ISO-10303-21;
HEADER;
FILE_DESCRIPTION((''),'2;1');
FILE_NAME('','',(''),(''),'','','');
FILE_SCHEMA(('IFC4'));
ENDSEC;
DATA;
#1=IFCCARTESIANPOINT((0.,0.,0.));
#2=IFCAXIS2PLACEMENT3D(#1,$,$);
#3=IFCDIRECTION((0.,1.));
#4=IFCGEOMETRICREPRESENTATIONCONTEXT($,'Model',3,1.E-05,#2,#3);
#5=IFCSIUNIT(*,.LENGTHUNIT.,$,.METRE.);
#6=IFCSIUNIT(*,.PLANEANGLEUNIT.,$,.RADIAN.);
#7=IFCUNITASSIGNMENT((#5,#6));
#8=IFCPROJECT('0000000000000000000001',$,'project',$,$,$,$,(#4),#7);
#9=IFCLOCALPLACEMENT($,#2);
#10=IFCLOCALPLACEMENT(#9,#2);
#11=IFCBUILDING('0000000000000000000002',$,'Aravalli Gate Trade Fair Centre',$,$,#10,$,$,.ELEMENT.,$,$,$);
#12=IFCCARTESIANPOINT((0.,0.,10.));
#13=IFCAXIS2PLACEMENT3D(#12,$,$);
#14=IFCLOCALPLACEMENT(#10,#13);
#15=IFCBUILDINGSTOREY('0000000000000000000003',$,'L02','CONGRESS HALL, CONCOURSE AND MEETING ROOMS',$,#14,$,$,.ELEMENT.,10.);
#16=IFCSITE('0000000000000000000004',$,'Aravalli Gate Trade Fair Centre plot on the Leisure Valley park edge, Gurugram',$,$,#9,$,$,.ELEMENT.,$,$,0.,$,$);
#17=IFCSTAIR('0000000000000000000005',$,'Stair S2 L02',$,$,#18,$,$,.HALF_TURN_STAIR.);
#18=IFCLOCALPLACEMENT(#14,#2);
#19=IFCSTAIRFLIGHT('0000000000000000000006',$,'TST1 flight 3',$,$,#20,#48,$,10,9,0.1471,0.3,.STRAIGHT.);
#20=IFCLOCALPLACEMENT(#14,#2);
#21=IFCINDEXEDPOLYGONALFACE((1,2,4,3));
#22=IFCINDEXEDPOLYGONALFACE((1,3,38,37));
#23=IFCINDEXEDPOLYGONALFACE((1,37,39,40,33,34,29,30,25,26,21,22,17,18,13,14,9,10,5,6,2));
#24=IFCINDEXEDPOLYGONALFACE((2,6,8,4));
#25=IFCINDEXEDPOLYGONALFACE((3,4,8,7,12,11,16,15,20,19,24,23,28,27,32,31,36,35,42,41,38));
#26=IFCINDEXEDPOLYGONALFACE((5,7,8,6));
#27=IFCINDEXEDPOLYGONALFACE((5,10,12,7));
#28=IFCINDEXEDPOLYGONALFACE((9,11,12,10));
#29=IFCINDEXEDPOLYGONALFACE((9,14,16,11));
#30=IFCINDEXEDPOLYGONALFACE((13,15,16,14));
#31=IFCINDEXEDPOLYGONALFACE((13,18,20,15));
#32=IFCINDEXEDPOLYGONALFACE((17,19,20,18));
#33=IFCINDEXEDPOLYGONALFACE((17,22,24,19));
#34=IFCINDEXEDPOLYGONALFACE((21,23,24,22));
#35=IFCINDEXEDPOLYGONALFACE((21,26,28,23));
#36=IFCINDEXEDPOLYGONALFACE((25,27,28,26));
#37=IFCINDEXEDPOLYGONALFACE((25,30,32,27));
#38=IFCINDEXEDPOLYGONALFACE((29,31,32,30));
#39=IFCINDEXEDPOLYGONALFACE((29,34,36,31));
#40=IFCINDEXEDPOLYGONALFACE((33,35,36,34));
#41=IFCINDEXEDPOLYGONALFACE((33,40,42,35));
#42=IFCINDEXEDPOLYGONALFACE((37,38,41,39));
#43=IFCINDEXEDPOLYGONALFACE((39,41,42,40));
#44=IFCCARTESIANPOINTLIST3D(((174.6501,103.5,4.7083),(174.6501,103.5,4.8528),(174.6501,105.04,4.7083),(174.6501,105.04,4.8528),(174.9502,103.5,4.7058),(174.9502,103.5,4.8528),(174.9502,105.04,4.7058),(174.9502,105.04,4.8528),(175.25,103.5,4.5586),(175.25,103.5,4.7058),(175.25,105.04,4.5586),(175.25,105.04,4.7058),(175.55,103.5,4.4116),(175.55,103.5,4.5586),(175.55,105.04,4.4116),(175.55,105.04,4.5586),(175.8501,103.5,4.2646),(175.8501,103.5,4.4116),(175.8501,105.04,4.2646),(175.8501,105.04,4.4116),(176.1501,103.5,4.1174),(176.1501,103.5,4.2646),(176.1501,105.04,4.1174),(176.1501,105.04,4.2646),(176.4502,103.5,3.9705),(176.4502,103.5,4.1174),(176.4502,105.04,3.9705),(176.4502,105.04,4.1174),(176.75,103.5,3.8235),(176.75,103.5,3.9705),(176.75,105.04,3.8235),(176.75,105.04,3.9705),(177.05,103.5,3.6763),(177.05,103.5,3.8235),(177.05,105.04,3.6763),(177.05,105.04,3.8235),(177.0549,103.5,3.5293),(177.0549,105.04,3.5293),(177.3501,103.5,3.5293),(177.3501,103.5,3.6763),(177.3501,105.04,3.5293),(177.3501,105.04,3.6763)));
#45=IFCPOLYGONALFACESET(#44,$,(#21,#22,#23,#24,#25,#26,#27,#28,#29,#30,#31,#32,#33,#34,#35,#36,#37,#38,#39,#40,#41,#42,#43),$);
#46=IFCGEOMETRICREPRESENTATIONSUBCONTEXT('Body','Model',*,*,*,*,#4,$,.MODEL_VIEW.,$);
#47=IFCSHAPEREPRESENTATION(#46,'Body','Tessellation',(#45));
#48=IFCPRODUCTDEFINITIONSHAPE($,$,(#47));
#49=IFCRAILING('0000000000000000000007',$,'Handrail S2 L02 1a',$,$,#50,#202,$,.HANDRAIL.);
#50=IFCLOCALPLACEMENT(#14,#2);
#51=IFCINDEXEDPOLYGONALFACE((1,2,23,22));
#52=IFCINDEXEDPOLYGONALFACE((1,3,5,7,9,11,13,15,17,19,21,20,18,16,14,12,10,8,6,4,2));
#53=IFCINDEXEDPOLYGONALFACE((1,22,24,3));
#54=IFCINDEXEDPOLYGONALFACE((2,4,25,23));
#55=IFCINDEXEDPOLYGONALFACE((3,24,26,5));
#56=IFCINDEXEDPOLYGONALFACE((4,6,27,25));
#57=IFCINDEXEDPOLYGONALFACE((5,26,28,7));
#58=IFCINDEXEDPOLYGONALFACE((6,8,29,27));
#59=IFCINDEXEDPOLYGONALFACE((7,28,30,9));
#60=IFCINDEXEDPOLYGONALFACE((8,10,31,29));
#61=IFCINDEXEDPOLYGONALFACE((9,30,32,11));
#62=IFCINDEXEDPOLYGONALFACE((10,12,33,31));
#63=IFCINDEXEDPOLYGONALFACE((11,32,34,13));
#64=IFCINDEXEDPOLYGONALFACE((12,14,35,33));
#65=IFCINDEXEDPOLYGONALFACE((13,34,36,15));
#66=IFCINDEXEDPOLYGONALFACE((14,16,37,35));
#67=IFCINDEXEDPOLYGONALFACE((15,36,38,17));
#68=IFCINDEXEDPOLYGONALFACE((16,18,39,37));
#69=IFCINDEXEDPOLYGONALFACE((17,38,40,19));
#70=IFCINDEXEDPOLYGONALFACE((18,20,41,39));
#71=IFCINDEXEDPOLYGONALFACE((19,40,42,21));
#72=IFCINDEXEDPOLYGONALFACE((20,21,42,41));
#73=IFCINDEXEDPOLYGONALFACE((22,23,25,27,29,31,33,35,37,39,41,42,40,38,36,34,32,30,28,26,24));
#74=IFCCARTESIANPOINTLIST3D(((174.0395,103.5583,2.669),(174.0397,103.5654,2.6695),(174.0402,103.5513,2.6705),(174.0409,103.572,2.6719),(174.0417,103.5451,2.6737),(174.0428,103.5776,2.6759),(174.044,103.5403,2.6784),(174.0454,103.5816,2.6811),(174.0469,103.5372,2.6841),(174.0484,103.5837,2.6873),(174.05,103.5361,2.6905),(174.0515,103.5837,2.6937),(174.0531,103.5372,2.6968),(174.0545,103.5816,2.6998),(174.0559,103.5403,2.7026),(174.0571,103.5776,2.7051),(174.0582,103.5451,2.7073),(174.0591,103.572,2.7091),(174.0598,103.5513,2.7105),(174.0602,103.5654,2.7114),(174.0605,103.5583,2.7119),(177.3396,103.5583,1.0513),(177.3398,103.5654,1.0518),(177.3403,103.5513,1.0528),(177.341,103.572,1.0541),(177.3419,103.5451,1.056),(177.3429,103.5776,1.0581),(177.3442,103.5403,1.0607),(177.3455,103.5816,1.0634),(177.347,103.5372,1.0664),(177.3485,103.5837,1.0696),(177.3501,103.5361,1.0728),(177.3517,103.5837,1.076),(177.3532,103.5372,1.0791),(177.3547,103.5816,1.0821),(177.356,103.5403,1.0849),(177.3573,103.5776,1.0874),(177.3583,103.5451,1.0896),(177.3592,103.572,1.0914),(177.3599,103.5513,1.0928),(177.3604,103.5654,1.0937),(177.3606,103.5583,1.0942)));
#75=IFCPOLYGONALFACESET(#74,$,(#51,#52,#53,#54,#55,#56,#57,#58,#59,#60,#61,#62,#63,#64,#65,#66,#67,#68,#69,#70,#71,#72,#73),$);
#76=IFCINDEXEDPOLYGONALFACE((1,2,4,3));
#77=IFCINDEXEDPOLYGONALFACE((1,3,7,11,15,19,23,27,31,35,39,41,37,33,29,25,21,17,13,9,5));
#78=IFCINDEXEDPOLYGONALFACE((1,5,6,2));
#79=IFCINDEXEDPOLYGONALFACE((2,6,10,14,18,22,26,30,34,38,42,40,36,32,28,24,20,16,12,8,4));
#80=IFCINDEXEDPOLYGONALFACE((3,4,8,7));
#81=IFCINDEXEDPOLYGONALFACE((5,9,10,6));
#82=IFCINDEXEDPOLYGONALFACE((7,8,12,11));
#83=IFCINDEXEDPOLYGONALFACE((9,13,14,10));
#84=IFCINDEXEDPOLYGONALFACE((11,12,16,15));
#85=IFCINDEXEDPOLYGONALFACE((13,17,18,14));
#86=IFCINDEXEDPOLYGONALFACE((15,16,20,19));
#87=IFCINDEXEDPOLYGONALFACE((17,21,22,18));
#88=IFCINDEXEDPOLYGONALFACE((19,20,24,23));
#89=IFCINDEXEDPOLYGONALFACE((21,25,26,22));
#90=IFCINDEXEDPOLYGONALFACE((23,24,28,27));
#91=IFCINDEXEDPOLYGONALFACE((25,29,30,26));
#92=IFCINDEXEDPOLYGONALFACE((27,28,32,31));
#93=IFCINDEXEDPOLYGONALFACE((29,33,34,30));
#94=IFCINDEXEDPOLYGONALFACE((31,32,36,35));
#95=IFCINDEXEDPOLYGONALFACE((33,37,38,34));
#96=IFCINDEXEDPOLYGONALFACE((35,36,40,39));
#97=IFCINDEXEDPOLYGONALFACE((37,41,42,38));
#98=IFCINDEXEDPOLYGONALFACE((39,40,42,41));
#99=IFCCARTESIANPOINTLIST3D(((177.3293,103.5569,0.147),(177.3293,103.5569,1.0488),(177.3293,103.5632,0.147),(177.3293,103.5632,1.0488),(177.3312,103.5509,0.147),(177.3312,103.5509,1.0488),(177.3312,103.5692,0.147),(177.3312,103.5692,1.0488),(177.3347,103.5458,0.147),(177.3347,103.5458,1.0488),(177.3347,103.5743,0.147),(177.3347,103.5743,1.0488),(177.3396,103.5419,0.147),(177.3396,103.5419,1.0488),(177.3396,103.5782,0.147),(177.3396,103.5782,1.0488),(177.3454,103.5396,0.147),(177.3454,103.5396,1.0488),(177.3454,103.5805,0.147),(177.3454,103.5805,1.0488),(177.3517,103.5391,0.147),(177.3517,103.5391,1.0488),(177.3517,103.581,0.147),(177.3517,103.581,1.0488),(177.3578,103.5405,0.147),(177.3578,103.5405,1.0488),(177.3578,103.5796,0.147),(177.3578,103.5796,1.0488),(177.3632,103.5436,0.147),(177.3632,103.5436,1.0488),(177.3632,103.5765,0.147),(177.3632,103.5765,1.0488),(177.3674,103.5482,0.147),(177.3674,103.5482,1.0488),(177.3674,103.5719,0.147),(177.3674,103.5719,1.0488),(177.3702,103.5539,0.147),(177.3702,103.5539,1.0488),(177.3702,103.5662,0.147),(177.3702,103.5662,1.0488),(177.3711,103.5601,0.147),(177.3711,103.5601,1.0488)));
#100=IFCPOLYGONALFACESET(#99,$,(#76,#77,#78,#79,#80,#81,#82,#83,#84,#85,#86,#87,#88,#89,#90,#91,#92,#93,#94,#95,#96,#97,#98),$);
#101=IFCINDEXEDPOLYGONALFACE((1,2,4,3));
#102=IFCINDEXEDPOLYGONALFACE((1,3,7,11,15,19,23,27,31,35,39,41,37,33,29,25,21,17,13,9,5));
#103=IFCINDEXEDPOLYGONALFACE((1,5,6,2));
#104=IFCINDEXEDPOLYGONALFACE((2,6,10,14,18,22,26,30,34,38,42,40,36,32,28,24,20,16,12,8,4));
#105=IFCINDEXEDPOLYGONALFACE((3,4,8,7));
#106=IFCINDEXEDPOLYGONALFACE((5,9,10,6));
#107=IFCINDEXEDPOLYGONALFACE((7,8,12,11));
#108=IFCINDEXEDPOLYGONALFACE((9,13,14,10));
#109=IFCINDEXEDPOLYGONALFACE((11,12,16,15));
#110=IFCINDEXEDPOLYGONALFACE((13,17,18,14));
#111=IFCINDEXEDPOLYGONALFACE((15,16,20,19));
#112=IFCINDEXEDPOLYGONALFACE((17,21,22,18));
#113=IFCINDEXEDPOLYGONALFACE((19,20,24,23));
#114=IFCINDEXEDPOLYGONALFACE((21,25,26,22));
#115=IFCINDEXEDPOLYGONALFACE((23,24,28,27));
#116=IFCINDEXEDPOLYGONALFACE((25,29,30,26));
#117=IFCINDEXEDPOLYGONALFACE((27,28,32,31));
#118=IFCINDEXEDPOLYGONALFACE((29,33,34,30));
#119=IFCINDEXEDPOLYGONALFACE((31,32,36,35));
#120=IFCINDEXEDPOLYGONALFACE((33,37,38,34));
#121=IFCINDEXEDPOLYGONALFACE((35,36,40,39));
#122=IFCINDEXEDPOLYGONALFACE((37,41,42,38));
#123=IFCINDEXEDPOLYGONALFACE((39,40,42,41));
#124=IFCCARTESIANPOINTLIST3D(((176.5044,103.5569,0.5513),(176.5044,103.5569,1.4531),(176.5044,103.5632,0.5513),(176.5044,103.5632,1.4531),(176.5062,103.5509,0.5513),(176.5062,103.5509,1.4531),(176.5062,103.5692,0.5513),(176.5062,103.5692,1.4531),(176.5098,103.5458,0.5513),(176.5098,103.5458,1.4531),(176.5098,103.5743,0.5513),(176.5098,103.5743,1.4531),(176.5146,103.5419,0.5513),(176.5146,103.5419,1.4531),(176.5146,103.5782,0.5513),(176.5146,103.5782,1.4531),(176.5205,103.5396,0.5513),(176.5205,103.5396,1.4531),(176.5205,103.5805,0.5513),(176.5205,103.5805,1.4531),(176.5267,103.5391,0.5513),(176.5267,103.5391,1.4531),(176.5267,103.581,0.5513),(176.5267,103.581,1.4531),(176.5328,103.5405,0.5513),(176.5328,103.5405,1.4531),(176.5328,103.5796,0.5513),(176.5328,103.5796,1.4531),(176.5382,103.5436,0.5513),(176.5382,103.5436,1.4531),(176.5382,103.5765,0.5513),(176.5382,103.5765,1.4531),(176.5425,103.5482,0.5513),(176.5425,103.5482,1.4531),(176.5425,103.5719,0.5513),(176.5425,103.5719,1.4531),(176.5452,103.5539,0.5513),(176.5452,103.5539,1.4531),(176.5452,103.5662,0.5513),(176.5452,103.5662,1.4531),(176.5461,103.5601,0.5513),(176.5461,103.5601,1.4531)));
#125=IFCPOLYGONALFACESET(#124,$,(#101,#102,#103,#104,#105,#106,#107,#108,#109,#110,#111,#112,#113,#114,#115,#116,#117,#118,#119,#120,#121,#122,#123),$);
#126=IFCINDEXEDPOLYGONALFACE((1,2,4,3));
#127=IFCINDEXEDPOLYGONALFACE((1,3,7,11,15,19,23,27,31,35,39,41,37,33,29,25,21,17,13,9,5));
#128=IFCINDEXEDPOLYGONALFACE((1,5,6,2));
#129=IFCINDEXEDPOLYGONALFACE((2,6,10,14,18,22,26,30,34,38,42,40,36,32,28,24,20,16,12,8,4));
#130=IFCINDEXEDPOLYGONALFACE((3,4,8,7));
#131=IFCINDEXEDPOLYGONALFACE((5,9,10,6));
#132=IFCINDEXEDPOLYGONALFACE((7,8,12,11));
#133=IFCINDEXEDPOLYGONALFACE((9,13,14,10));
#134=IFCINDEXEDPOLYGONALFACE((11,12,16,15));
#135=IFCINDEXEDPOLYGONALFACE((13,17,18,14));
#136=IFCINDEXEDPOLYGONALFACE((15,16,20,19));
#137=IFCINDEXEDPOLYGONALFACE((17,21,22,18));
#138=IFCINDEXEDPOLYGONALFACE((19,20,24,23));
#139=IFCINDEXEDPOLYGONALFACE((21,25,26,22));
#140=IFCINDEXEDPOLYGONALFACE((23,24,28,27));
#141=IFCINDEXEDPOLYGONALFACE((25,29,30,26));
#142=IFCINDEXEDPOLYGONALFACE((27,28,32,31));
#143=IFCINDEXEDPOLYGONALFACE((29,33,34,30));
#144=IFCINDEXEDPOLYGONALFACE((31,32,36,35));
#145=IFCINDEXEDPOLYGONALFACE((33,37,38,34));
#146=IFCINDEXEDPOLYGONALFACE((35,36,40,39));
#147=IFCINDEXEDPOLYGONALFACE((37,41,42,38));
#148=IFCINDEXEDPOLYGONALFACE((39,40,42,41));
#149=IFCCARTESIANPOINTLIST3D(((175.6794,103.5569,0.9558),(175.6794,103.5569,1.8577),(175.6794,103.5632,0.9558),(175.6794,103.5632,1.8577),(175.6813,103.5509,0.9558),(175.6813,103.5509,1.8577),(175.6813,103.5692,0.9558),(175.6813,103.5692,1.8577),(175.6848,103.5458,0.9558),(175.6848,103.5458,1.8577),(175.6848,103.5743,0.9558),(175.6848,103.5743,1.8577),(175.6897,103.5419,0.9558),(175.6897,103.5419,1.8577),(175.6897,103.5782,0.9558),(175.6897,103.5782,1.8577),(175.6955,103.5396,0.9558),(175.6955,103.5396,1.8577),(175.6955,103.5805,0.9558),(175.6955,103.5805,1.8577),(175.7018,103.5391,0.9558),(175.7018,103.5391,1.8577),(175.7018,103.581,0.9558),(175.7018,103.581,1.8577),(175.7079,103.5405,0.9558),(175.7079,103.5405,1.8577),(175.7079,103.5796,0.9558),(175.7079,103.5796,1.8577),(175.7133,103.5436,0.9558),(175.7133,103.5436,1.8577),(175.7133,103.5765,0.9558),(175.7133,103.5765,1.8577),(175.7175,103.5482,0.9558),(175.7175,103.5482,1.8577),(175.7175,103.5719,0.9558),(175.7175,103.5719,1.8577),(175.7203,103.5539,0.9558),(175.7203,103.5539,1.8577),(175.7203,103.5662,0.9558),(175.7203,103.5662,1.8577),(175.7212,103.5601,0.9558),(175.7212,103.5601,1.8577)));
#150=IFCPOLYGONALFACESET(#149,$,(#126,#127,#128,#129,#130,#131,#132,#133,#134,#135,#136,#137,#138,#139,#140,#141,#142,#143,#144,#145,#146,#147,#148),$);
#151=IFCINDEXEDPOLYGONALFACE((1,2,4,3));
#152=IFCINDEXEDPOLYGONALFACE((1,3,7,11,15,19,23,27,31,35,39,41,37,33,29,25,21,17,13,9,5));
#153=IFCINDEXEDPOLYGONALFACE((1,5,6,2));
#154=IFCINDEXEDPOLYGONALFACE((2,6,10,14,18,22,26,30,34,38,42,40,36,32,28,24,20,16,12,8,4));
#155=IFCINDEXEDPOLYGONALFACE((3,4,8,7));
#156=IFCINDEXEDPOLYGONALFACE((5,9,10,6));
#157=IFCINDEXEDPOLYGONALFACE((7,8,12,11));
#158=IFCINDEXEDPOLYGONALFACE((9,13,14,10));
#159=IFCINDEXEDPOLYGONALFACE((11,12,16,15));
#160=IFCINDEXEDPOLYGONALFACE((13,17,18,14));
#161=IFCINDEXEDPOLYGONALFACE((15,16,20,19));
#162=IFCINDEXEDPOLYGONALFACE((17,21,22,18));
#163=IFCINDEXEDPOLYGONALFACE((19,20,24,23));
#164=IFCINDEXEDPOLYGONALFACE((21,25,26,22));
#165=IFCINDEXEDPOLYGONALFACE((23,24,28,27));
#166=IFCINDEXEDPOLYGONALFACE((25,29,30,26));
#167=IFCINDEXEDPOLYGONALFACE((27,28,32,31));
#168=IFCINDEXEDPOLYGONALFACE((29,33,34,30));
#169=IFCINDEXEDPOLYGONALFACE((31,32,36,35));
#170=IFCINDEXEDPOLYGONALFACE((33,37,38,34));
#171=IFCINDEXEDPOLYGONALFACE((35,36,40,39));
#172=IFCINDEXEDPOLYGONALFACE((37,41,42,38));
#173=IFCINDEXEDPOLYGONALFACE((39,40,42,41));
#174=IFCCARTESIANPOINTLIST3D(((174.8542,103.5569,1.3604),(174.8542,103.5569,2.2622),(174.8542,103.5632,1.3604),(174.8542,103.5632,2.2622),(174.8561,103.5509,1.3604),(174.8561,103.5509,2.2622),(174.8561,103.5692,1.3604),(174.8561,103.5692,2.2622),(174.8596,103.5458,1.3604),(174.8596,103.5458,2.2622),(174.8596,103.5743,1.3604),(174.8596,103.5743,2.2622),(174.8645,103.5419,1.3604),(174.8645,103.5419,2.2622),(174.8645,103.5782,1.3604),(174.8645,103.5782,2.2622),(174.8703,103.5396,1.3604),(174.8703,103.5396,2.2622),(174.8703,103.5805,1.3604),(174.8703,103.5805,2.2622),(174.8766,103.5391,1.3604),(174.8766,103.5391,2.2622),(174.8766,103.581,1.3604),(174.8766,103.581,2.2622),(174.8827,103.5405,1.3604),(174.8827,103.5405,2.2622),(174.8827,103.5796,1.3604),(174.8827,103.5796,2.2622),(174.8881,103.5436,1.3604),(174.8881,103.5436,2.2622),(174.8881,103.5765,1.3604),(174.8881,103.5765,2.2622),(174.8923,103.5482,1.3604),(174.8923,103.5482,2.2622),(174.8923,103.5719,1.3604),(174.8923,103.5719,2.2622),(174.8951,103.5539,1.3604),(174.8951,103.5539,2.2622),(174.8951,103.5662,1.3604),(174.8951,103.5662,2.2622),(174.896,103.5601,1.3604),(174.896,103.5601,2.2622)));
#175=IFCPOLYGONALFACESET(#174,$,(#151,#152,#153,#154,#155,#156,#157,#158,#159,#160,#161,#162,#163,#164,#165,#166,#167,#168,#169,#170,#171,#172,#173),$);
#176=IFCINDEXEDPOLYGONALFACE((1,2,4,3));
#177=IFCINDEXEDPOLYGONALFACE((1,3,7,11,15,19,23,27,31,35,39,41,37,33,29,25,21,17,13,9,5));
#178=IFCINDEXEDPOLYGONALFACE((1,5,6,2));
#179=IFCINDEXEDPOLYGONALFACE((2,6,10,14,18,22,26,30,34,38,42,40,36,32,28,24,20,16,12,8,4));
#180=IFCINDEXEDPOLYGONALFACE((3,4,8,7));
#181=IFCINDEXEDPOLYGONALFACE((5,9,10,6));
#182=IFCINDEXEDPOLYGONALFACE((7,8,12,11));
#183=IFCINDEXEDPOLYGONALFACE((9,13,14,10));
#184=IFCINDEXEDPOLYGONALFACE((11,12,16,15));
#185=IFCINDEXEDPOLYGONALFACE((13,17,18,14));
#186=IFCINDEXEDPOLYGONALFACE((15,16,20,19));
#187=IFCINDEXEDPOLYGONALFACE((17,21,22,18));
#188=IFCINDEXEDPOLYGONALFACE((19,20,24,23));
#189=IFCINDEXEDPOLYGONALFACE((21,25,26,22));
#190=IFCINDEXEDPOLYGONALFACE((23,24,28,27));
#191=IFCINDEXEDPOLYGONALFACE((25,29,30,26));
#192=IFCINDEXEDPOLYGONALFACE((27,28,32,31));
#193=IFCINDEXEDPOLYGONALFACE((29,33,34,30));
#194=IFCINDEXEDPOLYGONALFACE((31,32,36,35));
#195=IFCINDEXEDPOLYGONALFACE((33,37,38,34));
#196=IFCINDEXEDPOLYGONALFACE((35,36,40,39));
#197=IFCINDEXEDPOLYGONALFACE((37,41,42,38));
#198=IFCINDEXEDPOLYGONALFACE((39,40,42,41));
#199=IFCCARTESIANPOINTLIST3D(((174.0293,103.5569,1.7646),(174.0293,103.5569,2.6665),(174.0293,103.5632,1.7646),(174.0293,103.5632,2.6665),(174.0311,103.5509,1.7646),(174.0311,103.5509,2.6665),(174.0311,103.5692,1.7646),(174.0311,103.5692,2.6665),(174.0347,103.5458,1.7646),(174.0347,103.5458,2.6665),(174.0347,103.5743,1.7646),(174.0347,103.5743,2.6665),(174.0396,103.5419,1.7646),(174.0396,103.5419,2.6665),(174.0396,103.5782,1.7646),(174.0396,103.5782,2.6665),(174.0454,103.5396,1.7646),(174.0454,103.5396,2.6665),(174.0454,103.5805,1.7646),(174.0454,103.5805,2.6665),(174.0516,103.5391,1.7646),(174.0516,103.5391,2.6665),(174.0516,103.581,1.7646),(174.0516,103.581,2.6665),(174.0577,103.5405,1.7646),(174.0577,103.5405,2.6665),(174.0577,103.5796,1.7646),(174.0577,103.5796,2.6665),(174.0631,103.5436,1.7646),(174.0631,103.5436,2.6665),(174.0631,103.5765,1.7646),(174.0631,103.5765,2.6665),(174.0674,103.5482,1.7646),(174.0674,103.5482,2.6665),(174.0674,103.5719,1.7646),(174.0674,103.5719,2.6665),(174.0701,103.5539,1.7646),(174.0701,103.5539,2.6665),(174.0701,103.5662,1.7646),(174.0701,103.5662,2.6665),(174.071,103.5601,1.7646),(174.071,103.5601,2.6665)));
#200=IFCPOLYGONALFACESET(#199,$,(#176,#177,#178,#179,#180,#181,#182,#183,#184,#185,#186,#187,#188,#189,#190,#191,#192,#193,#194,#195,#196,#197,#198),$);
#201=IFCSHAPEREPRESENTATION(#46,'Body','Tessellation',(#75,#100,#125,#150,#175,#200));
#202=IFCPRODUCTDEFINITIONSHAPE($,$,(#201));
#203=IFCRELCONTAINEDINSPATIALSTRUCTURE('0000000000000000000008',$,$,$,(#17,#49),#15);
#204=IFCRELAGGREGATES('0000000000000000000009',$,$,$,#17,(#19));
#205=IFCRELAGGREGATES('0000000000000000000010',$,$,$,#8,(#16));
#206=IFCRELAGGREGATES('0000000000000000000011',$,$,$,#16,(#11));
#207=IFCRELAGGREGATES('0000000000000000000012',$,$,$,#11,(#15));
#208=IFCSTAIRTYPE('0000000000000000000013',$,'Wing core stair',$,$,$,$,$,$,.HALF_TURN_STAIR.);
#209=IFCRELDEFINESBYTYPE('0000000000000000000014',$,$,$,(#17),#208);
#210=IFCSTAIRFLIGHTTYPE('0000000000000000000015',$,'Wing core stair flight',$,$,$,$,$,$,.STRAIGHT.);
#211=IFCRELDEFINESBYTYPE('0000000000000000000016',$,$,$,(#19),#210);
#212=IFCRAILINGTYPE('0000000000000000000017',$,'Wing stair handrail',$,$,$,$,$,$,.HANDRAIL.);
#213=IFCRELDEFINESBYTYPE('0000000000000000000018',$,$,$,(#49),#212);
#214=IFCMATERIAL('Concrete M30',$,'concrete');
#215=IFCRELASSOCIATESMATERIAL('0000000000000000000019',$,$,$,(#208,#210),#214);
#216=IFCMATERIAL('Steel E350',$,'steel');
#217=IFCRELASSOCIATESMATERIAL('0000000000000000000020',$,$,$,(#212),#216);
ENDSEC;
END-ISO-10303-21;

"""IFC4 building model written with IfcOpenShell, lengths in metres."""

from ifc_helpers import new_model, si_unit, direction, frame, origin, origin_2d, place, context, subcontext, project, spatial, polyline, circle, outline, extrude, material, type_object, element, aggregate, save


model = new_model("IFC4")

# Units and contexts
model_context = context("Model", 3, precision=1e-05, world=origin(), true_north=direction((0.0, 1.0)))
body_context = subcontext(model_context, "Body", "Model", "MODEL_VIEW")
ifc_project = project(units=[si_unit("LENGTHUNIT", "METRE"), si_unit("PLANEANGLEUNIT", "RADIAN")], contexts=[model_context])

# Site, building, storey
site_placement = place(None, origin())
site = spatial("IfcSite", under=ifc_project, at=site_placement, Name="Aravalli Gate Trade Fair Centre plot on the Leisure Valley park edge, Gurugram", CompositionType="ELEMENT", RefElevation=0.0)
building_placement = place(site_placement, origin())
building = spatial("IfcBuilding", under=site, at=building_placement, Name="Aravalli Gate Trade Fair Centre", CompositionType="ELEMENT")
storey_placement = place(building_placement, frame((0.0, 0.0, 10.0)))
storey = spatial("IfcBuildingStorey", under=building, at=storey_placement, Name="L02", Description="CONGRESS HALL, CONCOURSE AND MEETING ROOMS", CompositionType="ELEMENT", Elevation=10.0)

# Shared definitions
ifc_material_1 = material(Name="Steel E350", Category="steel")

# Stair, stair flight
ifc_material_2 = material(Name="Concrete M30", Category="concrete")
stair_type = type_object("IfcStairType", Name="Wing core stair", PredefinedType="HALF_TURN_STAIR", material=ifc_material_2)
stair_placement = place(storey_placement, origin())
stair = element("IfcStair", 1, at=stair_placement, inside=storey, type_object=stair_type, Name="Stair S2 L02", PredefinedType="HALF_TURN_STAIR")
stair_flight_type = type_object("IfcStairFlightType", Name="Wing core stair flight", PredefinedType="STRAIGHT", material=ifc_material_2)
stair_flight_1_placement = place(storey_placement, frame((177.3501, 104.27, 3.5293), z_axis=(0.0, 0.0, 1.0), x_axis=(-1.0, 0.0, 0.0)))
stair_flight_1 = element("IfcStairFlight", 2, at=stair_flight_1_placement, type_object=stair_flight_type, Name="TST1 flight 3", NumberOfRisers=10, NumberOfTreads=9, PredefinedType="STRAIGHT", RiserHeight=0.1471, TreadLength=0.3, context=body_context, shape_type="SweptSolid", body=[
    extrude(outline(polyline([(0.0, 0.0), (0.0, 0.147), (0.3, 0.147), (0.3, 0.2942), (0.6001, 0.2942), (0.6001, 0.4412), (0.8999, 0.4412), (0.8999, 0.5881), (1.2, 0.5881), (1.2, 0.7354), (1.5, 0.7354), (1.5, 0.8823), (1.8, 0.8823), (1.8, 1.0293), (2.1001, 1.0293), (2.1001, 1.1765), (2.3999, 1.1765), (2.3999, 1.3235), (2.7, 1.3235), (2.7, 1.4707), (2.7, 1.179), (0.2952, 0.0), (0.0, 0.0)])), frame((0.0, 0.77, 0.0), z_axis=(0.0, -1.0, 0.0), x_axis=(1.0, 0.0, 0.0)), (0.0, 0.0, 1.0), 1.54),
])
aggregate(stair, [stair_flight_1])

# Railing
railing_type = type_object("IfcRailingType", Name="Wing stair handrail", PredefinedType="HANDRAIL", material=ifc_material_1)
railing_1_placement = place(storey_placement, frame((177.3501, 103.5601, 0.147)))
element("IfcRailing", 3, at=railing_1_placement, inside=storey, type_object=railing_type, Name="Handrail S2 L02 1a", PredefinedType="HANDRAIL", context=body_context, shape_type="SweptSolid", body=[
    extrude(circle(Radius=0.0239, at=origin_2d()), frame((0.0, 0.0, 0.9258), z_axis=(-0.89792, 0.0, 0.440158), x_axis=(0.0, -1.0, 0.0)), (0.0, 0.0, 1.0), 3.6753),
    extrude(circle(Radius=0.021, at=origin_2d()), origin(), (0.0, 0.0, 1.0), 0.9019),
    extrude(circle(Radius=0.021, at=origin_2d()), frame((-0.825, 0.0, 0.4043)), (0.0, 0.0, 1.0), 0.9019),
    extrude(circle(Radius=0.021, at=origin_2d()), frame((-1.6499, 0.0, 0.8088)), (0.0, 0.0, 1.0), 0.9019),
    extrude(circle(Radius=0.021, at=origin_2d()), frame((-2.4751, 0.0, 1.2134)), (0.0, 0.0, 1.0), 0.9019),
    extrude(circle(Radius=0.021, at=origin_2d()), frame((-3.3, 0.0, 1.6177)), (0.0, 0.0, 1.0), 0.9019),
])

save(model, "model.ifc")
